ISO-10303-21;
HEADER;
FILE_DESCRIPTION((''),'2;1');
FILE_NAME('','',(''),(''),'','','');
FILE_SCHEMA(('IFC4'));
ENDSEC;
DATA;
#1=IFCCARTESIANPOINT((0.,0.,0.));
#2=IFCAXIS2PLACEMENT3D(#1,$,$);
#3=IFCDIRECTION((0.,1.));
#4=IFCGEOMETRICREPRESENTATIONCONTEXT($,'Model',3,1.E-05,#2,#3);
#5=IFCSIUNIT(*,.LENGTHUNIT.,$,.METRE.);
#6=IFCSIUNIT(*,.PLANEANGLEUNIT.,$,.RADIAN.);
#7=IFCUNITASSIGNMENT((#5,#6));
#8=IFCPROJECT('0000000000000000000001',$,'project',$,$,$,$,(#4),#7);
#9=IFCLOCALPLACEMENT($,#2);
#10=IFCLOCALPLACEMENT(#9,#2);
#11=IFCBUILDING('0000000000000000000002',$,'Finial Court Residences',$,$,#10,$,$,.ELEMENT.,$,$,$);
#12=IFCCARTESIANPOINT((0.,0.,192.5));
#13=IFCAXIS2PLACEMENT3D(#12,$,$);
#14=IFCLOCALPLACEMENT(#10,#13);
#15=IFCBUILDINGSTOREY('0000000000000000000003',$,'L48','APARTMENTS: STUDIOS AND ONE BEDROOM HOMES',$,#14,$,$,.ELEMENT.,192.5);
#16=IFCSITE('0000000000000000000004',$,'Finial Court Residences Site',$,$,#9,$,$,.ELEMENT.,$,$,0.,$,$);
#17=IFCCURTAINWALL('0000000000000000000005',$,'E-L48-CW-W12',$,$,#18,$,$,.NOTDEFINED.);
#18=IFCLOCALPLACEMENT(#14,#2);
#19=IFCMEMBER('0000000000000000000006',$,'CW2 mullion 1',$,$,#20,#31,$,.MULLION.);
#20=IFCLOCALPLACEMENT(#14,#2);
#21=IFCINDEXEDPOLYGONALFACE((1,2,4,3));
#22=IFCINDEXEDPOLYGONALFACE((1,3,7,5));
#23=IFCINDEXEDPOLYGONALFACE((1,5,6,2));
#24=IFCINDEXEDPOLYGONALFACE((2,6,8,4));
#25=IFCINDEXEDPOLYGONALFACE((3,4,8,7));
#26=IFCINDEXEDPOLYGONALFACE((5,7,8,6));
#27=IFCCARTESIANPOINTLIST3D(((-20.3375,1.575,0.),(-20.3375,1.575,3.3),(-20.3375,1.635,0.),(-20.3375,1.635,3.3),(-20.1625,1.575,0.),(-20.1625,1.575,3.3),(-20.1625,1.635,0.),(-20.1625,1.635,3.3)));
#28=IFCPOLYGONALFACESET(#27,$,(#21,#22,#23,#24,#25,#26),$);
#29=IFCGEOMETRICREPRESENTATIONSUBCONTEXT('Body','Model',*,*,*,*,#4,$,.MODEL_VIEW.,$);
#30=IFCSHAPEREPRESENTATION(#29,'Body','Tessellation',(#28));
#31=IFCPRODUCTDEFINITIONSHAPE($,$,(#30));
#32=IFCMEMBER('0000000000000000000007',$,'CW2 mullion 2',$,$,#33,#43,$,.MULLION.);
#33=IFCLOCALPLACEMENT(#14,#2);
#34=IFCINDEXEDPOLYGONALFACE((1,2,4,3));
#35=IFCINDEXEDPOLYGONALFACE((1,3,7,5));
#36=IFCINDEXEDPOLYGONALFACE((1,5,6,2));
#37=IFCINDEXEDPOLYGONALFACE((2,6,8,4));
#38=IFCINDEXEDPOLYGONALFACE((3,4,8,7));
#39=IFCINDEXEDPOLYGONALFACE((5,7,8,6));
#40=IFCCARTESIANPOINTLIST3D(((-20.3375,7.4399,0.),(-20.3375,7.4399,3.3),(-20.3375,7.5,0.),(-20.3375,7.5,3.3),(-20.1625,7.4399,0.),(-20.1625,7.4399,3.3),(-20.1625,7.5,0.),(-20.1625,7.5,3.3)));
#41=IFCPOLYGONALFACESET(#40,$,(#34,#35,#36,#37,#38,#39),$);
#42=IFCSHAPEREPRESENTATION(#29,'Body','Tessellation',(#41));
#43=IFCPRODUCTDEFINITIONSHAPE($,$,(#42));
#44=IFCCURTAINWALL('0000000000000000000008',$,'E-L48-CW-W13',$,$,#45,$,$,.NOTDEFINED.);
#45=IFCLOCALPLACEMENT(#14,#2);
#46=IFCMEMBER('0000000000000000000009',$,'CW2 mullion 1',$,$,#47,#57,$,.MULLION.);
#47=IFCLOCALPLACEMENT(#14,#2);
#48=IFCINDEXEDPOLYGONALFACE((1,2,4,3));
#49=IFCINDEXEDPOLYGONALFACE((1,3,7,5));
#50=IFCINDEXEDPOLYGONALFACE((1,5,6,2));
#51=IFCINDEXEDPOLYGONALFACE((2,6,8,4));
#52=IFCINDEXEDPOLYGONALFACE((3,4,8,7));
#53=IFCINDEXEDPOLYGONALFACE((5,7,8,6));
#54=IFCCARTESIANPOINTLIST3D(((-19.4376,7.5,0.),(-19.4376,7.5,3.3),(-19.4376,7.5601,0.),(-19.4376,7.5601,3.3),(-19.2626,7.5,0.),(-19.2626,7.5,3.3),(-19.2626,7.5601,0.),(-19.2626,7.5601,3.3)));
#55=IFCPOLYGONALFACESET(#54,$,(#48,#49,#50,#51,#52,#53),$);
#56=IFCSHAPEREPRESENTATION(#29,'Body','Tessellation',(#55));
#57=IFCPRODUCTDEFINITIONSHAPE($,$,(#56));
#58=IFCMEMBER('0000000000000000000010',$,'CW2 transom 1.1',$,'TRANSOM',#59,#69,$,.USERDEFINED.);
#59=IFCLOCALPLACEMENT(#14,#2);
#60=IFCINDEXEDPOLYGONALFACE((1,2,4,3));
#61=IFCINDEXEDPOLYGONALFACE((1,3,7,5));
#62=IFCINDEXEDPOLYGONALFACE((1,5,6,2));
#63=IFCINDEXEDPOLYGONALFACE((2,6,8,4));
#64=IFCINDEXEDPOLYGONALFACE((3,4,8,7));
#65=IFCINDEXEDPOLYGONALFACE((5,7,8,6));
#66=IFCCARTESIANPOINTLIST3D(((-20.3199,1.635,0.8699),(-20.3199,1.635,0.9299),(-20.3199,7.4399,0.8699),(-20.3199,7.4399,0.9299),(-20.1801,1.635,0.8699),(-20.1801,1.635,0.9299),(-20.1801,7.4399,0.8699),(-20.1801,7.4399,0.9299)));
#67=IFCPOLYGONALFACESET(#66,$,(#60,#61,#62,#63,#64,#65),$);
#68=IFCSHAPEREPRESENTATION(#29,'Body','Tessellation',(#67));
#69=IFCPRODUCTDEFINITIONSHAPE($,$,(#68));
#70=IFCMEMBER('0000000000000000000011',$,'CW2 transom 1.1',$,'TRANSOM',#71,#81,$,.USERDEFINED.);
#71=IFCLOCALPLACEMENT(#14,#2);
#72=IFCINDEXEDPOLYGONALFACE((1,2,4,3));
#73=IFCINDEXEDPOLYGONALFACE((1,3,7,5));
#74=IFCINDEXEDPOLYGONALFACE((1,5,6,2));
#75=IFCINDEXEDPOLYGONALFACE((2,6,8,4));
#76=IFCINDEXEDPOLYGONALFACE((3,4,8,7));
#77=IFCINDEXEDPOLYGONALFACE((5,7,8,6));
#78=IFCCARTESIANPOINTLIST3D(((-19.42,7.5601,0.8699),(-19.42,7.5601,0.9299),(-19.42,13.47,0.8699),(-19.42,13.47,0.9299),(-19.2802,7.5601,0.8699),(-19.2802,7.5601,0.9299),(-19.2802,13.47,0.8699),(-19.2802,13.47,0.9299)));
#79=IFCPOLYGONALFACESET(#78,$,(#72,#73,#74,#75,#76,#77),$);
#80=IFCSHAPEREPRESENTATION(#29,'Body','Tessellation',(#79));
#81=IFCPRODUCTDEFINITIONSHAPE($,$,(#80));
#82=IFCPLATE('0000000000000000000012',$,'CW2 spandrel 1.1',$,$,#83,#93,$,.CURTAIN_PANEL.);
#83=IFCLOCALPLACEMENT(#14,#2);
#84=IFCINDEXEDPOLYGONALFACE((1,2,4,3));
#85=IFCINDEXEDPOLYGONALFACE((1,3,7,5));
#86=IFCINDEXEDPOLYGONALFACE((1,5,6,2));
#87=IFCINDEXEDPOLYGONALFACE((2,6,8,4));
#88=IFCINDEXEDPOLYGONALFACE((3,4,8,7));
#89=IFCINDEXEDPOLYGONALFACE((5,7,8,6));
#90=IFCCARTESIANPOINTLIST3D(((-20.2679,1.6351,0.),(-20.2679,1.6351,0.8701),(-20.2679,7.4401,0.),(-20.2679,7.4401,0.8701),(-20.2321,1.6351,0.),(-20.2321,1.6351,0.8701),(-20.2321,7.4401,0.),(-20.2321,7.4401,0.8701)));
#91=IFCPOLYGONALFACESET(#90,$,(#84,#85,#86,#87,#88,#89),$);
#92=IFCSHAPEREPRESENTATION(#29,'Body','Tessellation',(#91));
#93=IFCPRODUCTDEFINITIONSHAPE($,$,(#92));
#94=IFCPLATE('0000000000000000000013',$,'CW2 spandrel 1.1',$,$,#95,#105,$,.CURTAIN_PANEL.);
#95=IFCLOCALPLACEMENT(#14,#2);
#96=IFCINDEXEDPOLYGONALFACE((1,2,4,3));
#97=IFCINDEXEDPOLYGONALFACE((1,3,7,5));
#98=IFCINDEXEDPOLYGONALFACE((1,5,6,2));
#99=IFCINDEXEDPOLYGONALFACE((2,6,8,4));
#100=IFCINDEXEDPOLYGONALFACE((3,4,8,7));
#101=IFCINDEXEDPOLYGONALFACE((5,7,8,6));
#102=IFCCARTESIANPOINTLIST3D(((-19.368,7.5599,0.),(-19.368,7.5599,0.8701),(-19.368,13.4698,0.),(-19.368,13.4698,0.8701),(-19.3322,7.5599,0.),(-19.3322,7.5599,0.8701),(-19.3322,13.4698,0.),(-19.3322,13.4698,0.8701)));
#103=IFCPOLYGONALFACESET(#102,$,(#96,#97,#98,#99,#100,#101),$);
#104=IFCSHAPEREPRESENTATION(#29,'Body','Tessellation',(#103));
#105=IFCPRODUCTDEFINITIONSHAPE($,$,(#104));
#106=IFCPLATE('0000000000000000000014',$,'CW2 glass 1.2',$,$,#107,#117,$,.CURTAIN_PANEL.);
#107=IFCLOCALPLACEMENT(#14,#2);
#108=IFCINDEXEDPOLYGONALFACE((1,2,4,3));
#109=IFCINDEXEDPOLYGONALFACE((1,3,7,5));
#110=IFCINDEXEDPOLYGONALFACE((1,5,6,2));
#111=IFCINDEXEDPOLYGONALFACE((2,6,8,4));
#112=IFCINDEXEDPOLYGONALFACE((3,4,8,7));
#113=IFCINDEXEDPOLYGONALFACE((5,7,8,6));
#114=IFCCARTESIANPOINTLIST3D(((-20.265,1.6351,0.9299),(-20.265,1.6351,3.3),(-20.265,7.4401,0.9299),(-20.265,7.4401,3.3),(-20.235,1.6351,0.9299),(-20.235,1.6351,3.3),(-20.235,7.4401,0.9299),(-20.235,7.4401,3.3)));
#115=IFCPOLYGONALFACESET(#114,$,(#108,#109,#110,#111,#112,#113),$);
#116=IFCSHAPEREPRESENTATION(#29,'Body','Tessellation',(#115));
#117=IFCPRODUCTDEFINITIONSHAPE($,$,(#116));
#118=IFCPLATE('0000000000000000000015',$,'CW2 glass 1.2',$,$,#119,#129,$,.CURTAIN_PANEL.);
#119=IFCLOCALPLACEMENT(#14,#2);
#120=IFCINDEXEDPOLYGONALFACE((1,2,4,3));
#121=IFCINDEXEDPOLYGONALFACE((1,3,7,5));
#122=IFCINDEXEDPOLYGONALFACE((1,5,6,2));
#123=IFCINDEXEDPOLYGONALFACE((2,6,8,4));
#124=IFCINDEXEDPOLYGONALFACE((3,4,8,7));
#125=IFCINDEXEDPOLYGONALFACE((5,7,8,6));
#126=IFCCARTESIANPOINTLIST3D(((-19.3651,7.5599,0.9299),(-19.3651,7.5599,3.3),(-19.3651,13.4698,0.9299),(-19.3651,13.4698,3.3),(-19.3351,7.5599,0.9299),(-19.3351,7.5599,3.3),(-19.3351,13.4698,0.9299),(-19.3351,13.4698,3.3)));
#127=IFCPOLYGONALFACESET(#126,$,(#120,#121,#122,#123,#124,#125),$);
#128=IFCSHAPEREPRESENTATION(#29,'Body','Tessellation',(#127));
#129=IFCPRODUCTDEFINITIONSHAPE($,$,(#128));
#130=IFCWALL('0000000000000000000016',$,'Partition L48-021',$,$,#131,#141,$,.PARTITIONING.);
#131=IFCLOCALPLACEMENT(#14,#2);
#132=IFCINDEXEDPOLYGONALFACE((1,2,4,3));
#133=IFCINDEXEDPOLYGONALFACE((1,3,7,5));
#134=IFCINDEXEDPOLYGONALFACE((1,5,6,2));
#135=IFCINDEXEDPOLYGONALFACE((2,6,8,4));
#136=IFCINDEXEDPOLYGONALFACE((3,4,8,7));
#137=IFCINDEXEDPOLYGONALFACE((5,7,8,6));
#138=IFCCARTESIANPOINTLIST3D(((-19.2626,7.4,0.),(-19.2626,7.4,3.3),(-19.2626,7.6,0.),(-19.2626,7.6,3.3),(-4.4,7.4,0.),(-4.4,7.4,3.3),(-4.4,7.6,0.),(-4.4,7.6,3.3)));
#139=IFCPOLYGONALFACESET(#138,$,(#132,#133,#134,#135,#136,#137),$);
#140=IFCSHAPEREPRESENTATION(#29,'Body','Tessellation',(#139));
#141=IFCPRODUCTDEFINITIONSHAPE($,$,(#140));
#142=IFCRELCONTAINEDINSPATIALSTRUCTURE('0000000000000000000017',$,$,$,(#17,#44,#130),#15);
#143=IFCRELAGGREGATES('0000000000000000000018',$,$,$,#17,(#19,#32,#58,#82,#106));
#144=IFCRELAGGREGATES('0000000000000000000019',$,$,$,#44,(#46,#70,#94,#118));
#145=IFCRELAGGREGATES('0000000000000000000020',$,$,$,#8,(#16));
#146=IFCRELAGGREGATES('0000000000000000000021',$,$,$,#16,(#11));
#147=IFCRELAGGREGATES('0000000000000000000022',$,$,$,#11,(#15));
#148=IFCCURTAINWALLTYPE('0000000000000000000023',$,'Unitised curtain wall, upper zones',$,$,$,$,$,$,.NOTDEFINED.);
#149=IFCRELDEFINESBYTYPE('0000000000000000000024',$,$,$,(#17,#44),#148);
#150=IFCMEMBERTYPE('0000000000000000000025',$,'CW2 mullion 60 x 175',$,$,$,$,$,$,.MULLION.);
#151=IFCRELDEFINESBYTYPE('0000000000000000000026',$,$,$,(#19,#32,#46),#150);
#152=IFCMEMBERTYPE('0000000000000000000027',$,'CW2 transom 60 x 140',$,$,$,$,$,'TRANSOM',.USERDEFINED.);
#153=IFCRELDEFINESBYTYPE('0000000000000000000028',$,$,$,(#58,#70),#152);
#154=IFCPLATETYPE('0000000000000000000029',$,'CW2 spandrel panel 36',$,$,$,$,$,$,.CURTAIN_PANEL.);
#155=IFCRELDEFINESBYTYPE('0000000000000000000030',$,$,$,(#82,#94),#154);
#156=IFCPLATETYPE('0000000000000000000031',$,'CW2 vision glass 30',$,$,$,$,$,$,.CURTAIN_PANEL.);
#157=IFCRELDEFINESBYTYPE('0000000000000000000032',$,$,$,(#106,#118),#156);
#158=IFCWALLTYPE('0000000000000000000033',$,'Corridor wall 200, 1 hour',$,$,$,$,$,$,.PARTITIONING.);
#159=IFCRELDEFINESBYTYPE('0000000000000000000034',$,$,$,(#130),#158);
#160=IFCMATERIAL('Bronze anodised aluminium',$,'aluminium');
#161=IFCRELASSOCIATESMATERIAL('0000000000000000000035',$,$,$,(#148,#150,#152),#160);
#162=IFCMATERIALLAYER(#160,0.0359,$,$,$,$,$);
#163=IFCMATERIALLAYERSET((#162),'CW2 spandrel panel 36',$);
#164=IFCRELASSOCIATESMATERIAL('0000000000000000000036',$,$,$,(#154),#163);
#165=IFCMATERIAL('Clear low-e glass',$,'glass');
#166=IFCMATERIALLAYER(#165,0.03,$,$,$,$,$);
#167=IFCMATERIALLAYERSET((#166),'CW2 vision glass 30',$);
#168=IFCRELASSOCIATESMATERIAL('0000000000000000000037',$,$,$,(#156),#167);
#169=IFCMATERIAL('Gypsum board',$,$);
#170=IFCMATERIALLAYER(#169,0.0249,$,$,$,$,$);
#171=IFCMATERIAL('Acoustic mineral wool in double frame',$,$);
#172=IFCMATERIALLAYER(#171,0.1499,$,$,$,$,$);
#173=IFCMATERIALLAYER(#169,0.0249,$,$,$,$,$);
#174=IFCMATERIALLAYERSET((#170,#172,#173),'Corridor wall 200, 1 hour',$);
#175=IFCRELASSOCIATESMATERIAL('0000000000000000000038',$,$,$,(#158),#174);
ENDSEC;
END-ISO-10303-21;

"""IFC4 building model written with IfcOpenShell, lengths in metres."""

from ifc_helpers import new_model, si_unit, direction, frame, frame_2d, origin, origin_2d, place, context, subcontext, project, spatial, rectangle, extrude, material, layer, layer_set, material_profile, profile_set, type_object, element, aggregate, save


model = new_model("IFC4")

# Units and contexts
model_context = context("Model", 3, precision=1e-05, world=origin(), true_north=direction((0.0, 1.0)))
body_context = subcontext(model_context, "Body", "Model", "MODEL_VIEW")
ifc_project = project(units=[si_unit("LENGTHUNIT", "METRE"), si_unit("PLANEANGLEUNIT", "RADIAN")], contexts=[model_context])

# Site, building, storey
site_placement = place(None, origin())
site = spatial("IfcSite", under=ifc_project, at=site_placement, Name="Finial Court Residences Site", CompositionType="ELEMENT", RefElevation=0.0)
building_placement = place(site_placement, origin())
building = spatial("IfcBuilding", under=site, at=building_placement, Name="Finial Court Residences", CompositionType="ELEMENT")
storey_placement = place(building_placement, frame((0.0, 0.0, 192.5)))
storey = spatial("IfcBuildingStorey", under=building, at=storey_placement, Name="L48", Description="APARTMENTS: STUDIOS AND ONE BEDROOM HOMES", CompositionType="ELEMENT", Elevation=192.5)

# Curtain wall, members
ifc_material_1 = material(Name="Bronze anodised aluminium", Category="aluminium")
curtain_wall_type = type_object("IfcCurtainWallType", Name="Unitised curtain wall, upper zones", PredefinedType="NOTDEFINED", material=ifc_material_1)
curtain_wall_1_placement = place(storey_placement, origin())
curtain_wall_1 = element("IfcCurtainWall", 1, at=curtain_wall_1_placement, inside=storey, type_object=curtain_wall_type, Name="E-L48-CW-W12", PredefinedType="NOTDEFINED")
ifc_material_profile_1 = material_profile(ifc_material_1, rectangle(XDim=0.175, YDim=0.0601, at=origin_2d()), Name="CW2 mullion 60 x 175")
ifc_profile_set_1 = profile_set([ifc_material_profile_1], Name="Bronze anodised aluminium")
member_type_1 = type_object("IfcMemberType", Name="CW2 mullion 60 x 175", PredefinedType="MULLION", material=ifc_profile_set_1)
member_1_placement = place(storey_placement, frame((-20.25, 1.605, 0.0), z_axis=(0.0, 0.0, 1.0), x_axis=(-1.0, 0.0, 0.0)))
member_1 = element("IfcMember", 2, at=member_1_placement, type_object=member_type_1, Name="CW2 mullion 1", PredefinedType="MULLION", context=body_context, shape_type="SweptSolid", body=[
    extrude(rectangle(XDim=0.175, YDim=0.0601, at=origin_2d()), origin(), (0.0, 0.0, 1.0), 3.3),
])
member_2_placement = place(storey_placement, frame((-20.25, 7.47, 0.0), z_axis=(0.0, 0.0, 1.0), x_axis=(-1.0, 0.0, 0.0)))
member_2 = element("IfcMember", 3, at=member_2_placement, type_object=member_type_1, Name="CW2 mullion 2", PredefinedType="MULLION", context=body_context, shape_type="SweptSolid", body=[
    extrude(rectangle(XDim=0.175, YDim=0.0601, at=origin_2d()), origin(), (0.0, 0.0, 1.0), 3.3),
])

# Curtain wall, member
curtain_wall_2_placement = place(storey_placement, origin())
curtain_wall_2 = element("IfcCurtainWall", 4, at=curtain_wall_2_placement, inside=storey, type_object=curtain_wall_type, Name="E-L48-CW-W13", PredefinedType="NOTDEFINED")
member_3_placement = place(storey_placement, frame((-19.3501, 7.53, 0.0), z_axis=(0.0, 0.0, 1.0), x_axis=(-1.0, 0.0, 0.0)))
member_3 = element("IfcMember", 5, at=member_3_placement, type_object=member_type_1, Name="CW2 mullion 1", PredefinedType="MULLION", context=body_context, shape_type="SweptSolid", body=[
    extrude(rectangle(XDim=0.175, YDim=0.0601, at=origin_2d()), origin(), (0.0, 0.0, 1.0), 3.3),
])

# Members
ifc_material_profile_2 = material_profile(ifc_material_1, rectangle(XDim=0.1399, YDim=0.0601, at=origin_2d()), Name="CW2 transom 60 x 140")
ifc_profile_set_2 = profile_set([ifc_material_profile_2], Name="Bronze anodised aluminium")
member_type_2 = type_object("IfcMemberType", Name="CW2 transom 60 x 140", ElementType="TRANSOM", PredefinedType="USERDEFINED", material=ifc_profile_set_2)
member_4_placement = place(storey_placement, frame((-20.25, 1.635, 0.8999), z_axis=(0.0, 1.0, 0.0), x_axis=(-1.0, 0.0, 0.0)))
member_4 = element("IfcMember", 6, at=member_4_placement, type_object=member_type_2, Name="CW2 transom 1.1", ObjectType="TRANSOM", PredefinedType="USERDEFINED", context=body_context, shape_type="SweptSolid", body=[
    extrude(rectangle(XDim=0.1399, YDim=0.0601, at=origin_2d()), origin(), (0.0, 0.0, 1.0), 5.8049),
])
member_5_placement = place(storey_placement, frame((-19.3501, 7.5601, 0.8999), z_axis=(0.0, 1.0, 0.0), x_axis=(-1.0, 0.0, 0.0)))
member_5 = element("IfcMember", 7, at=member_5_placement, type_object=member_type_2, Name="CW2 transom 1.1", ObjectType="TRANSOM", PredefinedType="USERDEFINED", context=body_context, shape_type="SweptSolid", body=[
    extrude(rectangle(XDim=0.1399, YDim=0.0601, at=origin_2d()), origin(), (0.0, 0.0, 1.0), 5.9099),
])

# Plates
ifc_layer_1 = layer(ifc_material_1, 0.0359)
ifc_layer_set_1 = layer_set([ifc_layer_1], Name="CW2 spandrel panel 36")
plate_type_1 = type_object("IfcPlateType", Name="CW2 spandrel panel 36", PredefinedType="CURTAIN_PANEL", material=ifc_layer_set_1)
plate_1_placement = place(storey_placement, frame((-20.25, 4.5376, 0.0), z_axis=(0.0, 0.0, 1.0), x_axis=(0.0, 1.0, 0.0)))
plate_1 = element("IfcPlate", 8, at=plate_1_placement, type_object=plate_type_1, Name="CW2 spandrel 1.1", PredefinedType="CURTAIN_PANEL", context=body_context, shape_type="SweptSolid", body=[
    extrude(rectangle(XDim=5.8049, YDim=0.0359, at=origin_2d()), origin(), (0.0, 0.0, 1.0), 0.8701),
])
plate_2_placement = place(storey_placement, frame((-19.3501, 10.5149, 0.0), z_axis=(0.0, 0.0, 1.0), x_axis=(0.0, 1.0, 0.0)))
plate_2 = element("IfcPlate", 9, at=plate_2_placement, type_object=plate_type_1, Name="CW2 spandrel 1.1", PredefinedType="CURTAIN_PANEL", context=body_context, shape_type="SweptSolid", body=[
    extrude(rectangle(XDim=5.9099, YDim=0.0359, at=origin_2d()), origin(), (0.0, 0.0, 1.0), 0.8701),
])
ifc_material_2 = material(Name="Clear low-e glass", Category="glass")
ifc_layer_2 = layer(ifc_material_2, 0.03)
ifc_layer_set_2 = layer_set([ifc_layer_2], Name="CW2 vision glass 30")
plate_type_2 = type_object("IfcPlateType", Name="CW2 vision glass 30", PredefinedType="CURTAIN_PANEL", material=ifc_layer_set_2)
plate_3_placement = place(storey_placement, frame((-20.25, 4.5376, 0.9299), z_axis=(0.0, 0.0, 1.0), x_axis=(0.0, 1.0, 0.0)))
plate_3 = element("IfcPlate", 10, at=plate_3_placement, type_object=plate_type_2, Name="CW2 glass 1.2", PredefinedType="CURTAIN_PANEL", context=body_context, shape_type="SweptSolid", body=[
    extrude(rectangle(XDim=5.8049, YDim=0.03, at=origin_2d()), origin(), (0.0, 0.0, 1.0), 2.3701),
])
aggregate(curtain_wall_1, [member_1, member_2, member_4, plate_1, plate_3])
plate_4_placement = place(storey_placement, frame((-19.3501, 10.5149, 0.9299), z_axis=(0.0, 0.0, 1.0), x_axis=(0.0, 1.0, 0.0)))
plate_4 = element("IfcPlate", 11, at=plate_4_placement, type_object=plate_type_2, Name="CW2 glass 1.2", PredefinedType="CURTAIN_PANEL", context=body_context, shape_type="SweptSolid", body=[
    extrude(rectangle(XDim=5.9099, YDim=0.03, at=origin_2d()), origin(), (0.0, 0.0, 1.0), 2.3701),
])
aggregate(curtain_wall_2, [member_3, member_5, plate_2, plate_4])

# Wall
ifc_material_3 = material(Name="Gypsum board")
ifc_layer_3 = layer(ifc_material_3, 0.0249)
ifc_material_4 = material(Name="Acoustic mineral wool in double frame")
ifc_layer_4 = layer(ifc_material_4, 0.1499)
ifc_layer_5 = layer(ifc_material_3, 0.0249)
ifc_layer_set_3 = layer_set([ifc_layer_3, ifc_layer_4, ifc_layer_5], Name="Corridor wall 200, 1 hour")
wall_type_1 = type_object("IfcWallType", Name="Corridor wall 200, 1 hour", PredefinedType="PARTITIONING", material=ifc_layer_set_3)
wall_1_placement = place(storey_placement, frame((-19.2625, 7.5, 0.0), z_axis=(0.0, 0.0, 1.0), x_axis=(1.0, 0.0, 0.0)))
element("IfcWall", 12, at=wall_1_placement, inside=storey, type_object=wall_type_1, Name="Partition L48-021", PredefinedType="PARTITIONING", context=body_context, shape_type="SweptSolid", body=[
    extrude(rectangle(XDim=14.8625, YDim=0.2, at=frame_2d((7.4312, 0.0))), origin(), (0.0, 0.0, 1.0), 3.3),
])

save(model, "model.ifc")
